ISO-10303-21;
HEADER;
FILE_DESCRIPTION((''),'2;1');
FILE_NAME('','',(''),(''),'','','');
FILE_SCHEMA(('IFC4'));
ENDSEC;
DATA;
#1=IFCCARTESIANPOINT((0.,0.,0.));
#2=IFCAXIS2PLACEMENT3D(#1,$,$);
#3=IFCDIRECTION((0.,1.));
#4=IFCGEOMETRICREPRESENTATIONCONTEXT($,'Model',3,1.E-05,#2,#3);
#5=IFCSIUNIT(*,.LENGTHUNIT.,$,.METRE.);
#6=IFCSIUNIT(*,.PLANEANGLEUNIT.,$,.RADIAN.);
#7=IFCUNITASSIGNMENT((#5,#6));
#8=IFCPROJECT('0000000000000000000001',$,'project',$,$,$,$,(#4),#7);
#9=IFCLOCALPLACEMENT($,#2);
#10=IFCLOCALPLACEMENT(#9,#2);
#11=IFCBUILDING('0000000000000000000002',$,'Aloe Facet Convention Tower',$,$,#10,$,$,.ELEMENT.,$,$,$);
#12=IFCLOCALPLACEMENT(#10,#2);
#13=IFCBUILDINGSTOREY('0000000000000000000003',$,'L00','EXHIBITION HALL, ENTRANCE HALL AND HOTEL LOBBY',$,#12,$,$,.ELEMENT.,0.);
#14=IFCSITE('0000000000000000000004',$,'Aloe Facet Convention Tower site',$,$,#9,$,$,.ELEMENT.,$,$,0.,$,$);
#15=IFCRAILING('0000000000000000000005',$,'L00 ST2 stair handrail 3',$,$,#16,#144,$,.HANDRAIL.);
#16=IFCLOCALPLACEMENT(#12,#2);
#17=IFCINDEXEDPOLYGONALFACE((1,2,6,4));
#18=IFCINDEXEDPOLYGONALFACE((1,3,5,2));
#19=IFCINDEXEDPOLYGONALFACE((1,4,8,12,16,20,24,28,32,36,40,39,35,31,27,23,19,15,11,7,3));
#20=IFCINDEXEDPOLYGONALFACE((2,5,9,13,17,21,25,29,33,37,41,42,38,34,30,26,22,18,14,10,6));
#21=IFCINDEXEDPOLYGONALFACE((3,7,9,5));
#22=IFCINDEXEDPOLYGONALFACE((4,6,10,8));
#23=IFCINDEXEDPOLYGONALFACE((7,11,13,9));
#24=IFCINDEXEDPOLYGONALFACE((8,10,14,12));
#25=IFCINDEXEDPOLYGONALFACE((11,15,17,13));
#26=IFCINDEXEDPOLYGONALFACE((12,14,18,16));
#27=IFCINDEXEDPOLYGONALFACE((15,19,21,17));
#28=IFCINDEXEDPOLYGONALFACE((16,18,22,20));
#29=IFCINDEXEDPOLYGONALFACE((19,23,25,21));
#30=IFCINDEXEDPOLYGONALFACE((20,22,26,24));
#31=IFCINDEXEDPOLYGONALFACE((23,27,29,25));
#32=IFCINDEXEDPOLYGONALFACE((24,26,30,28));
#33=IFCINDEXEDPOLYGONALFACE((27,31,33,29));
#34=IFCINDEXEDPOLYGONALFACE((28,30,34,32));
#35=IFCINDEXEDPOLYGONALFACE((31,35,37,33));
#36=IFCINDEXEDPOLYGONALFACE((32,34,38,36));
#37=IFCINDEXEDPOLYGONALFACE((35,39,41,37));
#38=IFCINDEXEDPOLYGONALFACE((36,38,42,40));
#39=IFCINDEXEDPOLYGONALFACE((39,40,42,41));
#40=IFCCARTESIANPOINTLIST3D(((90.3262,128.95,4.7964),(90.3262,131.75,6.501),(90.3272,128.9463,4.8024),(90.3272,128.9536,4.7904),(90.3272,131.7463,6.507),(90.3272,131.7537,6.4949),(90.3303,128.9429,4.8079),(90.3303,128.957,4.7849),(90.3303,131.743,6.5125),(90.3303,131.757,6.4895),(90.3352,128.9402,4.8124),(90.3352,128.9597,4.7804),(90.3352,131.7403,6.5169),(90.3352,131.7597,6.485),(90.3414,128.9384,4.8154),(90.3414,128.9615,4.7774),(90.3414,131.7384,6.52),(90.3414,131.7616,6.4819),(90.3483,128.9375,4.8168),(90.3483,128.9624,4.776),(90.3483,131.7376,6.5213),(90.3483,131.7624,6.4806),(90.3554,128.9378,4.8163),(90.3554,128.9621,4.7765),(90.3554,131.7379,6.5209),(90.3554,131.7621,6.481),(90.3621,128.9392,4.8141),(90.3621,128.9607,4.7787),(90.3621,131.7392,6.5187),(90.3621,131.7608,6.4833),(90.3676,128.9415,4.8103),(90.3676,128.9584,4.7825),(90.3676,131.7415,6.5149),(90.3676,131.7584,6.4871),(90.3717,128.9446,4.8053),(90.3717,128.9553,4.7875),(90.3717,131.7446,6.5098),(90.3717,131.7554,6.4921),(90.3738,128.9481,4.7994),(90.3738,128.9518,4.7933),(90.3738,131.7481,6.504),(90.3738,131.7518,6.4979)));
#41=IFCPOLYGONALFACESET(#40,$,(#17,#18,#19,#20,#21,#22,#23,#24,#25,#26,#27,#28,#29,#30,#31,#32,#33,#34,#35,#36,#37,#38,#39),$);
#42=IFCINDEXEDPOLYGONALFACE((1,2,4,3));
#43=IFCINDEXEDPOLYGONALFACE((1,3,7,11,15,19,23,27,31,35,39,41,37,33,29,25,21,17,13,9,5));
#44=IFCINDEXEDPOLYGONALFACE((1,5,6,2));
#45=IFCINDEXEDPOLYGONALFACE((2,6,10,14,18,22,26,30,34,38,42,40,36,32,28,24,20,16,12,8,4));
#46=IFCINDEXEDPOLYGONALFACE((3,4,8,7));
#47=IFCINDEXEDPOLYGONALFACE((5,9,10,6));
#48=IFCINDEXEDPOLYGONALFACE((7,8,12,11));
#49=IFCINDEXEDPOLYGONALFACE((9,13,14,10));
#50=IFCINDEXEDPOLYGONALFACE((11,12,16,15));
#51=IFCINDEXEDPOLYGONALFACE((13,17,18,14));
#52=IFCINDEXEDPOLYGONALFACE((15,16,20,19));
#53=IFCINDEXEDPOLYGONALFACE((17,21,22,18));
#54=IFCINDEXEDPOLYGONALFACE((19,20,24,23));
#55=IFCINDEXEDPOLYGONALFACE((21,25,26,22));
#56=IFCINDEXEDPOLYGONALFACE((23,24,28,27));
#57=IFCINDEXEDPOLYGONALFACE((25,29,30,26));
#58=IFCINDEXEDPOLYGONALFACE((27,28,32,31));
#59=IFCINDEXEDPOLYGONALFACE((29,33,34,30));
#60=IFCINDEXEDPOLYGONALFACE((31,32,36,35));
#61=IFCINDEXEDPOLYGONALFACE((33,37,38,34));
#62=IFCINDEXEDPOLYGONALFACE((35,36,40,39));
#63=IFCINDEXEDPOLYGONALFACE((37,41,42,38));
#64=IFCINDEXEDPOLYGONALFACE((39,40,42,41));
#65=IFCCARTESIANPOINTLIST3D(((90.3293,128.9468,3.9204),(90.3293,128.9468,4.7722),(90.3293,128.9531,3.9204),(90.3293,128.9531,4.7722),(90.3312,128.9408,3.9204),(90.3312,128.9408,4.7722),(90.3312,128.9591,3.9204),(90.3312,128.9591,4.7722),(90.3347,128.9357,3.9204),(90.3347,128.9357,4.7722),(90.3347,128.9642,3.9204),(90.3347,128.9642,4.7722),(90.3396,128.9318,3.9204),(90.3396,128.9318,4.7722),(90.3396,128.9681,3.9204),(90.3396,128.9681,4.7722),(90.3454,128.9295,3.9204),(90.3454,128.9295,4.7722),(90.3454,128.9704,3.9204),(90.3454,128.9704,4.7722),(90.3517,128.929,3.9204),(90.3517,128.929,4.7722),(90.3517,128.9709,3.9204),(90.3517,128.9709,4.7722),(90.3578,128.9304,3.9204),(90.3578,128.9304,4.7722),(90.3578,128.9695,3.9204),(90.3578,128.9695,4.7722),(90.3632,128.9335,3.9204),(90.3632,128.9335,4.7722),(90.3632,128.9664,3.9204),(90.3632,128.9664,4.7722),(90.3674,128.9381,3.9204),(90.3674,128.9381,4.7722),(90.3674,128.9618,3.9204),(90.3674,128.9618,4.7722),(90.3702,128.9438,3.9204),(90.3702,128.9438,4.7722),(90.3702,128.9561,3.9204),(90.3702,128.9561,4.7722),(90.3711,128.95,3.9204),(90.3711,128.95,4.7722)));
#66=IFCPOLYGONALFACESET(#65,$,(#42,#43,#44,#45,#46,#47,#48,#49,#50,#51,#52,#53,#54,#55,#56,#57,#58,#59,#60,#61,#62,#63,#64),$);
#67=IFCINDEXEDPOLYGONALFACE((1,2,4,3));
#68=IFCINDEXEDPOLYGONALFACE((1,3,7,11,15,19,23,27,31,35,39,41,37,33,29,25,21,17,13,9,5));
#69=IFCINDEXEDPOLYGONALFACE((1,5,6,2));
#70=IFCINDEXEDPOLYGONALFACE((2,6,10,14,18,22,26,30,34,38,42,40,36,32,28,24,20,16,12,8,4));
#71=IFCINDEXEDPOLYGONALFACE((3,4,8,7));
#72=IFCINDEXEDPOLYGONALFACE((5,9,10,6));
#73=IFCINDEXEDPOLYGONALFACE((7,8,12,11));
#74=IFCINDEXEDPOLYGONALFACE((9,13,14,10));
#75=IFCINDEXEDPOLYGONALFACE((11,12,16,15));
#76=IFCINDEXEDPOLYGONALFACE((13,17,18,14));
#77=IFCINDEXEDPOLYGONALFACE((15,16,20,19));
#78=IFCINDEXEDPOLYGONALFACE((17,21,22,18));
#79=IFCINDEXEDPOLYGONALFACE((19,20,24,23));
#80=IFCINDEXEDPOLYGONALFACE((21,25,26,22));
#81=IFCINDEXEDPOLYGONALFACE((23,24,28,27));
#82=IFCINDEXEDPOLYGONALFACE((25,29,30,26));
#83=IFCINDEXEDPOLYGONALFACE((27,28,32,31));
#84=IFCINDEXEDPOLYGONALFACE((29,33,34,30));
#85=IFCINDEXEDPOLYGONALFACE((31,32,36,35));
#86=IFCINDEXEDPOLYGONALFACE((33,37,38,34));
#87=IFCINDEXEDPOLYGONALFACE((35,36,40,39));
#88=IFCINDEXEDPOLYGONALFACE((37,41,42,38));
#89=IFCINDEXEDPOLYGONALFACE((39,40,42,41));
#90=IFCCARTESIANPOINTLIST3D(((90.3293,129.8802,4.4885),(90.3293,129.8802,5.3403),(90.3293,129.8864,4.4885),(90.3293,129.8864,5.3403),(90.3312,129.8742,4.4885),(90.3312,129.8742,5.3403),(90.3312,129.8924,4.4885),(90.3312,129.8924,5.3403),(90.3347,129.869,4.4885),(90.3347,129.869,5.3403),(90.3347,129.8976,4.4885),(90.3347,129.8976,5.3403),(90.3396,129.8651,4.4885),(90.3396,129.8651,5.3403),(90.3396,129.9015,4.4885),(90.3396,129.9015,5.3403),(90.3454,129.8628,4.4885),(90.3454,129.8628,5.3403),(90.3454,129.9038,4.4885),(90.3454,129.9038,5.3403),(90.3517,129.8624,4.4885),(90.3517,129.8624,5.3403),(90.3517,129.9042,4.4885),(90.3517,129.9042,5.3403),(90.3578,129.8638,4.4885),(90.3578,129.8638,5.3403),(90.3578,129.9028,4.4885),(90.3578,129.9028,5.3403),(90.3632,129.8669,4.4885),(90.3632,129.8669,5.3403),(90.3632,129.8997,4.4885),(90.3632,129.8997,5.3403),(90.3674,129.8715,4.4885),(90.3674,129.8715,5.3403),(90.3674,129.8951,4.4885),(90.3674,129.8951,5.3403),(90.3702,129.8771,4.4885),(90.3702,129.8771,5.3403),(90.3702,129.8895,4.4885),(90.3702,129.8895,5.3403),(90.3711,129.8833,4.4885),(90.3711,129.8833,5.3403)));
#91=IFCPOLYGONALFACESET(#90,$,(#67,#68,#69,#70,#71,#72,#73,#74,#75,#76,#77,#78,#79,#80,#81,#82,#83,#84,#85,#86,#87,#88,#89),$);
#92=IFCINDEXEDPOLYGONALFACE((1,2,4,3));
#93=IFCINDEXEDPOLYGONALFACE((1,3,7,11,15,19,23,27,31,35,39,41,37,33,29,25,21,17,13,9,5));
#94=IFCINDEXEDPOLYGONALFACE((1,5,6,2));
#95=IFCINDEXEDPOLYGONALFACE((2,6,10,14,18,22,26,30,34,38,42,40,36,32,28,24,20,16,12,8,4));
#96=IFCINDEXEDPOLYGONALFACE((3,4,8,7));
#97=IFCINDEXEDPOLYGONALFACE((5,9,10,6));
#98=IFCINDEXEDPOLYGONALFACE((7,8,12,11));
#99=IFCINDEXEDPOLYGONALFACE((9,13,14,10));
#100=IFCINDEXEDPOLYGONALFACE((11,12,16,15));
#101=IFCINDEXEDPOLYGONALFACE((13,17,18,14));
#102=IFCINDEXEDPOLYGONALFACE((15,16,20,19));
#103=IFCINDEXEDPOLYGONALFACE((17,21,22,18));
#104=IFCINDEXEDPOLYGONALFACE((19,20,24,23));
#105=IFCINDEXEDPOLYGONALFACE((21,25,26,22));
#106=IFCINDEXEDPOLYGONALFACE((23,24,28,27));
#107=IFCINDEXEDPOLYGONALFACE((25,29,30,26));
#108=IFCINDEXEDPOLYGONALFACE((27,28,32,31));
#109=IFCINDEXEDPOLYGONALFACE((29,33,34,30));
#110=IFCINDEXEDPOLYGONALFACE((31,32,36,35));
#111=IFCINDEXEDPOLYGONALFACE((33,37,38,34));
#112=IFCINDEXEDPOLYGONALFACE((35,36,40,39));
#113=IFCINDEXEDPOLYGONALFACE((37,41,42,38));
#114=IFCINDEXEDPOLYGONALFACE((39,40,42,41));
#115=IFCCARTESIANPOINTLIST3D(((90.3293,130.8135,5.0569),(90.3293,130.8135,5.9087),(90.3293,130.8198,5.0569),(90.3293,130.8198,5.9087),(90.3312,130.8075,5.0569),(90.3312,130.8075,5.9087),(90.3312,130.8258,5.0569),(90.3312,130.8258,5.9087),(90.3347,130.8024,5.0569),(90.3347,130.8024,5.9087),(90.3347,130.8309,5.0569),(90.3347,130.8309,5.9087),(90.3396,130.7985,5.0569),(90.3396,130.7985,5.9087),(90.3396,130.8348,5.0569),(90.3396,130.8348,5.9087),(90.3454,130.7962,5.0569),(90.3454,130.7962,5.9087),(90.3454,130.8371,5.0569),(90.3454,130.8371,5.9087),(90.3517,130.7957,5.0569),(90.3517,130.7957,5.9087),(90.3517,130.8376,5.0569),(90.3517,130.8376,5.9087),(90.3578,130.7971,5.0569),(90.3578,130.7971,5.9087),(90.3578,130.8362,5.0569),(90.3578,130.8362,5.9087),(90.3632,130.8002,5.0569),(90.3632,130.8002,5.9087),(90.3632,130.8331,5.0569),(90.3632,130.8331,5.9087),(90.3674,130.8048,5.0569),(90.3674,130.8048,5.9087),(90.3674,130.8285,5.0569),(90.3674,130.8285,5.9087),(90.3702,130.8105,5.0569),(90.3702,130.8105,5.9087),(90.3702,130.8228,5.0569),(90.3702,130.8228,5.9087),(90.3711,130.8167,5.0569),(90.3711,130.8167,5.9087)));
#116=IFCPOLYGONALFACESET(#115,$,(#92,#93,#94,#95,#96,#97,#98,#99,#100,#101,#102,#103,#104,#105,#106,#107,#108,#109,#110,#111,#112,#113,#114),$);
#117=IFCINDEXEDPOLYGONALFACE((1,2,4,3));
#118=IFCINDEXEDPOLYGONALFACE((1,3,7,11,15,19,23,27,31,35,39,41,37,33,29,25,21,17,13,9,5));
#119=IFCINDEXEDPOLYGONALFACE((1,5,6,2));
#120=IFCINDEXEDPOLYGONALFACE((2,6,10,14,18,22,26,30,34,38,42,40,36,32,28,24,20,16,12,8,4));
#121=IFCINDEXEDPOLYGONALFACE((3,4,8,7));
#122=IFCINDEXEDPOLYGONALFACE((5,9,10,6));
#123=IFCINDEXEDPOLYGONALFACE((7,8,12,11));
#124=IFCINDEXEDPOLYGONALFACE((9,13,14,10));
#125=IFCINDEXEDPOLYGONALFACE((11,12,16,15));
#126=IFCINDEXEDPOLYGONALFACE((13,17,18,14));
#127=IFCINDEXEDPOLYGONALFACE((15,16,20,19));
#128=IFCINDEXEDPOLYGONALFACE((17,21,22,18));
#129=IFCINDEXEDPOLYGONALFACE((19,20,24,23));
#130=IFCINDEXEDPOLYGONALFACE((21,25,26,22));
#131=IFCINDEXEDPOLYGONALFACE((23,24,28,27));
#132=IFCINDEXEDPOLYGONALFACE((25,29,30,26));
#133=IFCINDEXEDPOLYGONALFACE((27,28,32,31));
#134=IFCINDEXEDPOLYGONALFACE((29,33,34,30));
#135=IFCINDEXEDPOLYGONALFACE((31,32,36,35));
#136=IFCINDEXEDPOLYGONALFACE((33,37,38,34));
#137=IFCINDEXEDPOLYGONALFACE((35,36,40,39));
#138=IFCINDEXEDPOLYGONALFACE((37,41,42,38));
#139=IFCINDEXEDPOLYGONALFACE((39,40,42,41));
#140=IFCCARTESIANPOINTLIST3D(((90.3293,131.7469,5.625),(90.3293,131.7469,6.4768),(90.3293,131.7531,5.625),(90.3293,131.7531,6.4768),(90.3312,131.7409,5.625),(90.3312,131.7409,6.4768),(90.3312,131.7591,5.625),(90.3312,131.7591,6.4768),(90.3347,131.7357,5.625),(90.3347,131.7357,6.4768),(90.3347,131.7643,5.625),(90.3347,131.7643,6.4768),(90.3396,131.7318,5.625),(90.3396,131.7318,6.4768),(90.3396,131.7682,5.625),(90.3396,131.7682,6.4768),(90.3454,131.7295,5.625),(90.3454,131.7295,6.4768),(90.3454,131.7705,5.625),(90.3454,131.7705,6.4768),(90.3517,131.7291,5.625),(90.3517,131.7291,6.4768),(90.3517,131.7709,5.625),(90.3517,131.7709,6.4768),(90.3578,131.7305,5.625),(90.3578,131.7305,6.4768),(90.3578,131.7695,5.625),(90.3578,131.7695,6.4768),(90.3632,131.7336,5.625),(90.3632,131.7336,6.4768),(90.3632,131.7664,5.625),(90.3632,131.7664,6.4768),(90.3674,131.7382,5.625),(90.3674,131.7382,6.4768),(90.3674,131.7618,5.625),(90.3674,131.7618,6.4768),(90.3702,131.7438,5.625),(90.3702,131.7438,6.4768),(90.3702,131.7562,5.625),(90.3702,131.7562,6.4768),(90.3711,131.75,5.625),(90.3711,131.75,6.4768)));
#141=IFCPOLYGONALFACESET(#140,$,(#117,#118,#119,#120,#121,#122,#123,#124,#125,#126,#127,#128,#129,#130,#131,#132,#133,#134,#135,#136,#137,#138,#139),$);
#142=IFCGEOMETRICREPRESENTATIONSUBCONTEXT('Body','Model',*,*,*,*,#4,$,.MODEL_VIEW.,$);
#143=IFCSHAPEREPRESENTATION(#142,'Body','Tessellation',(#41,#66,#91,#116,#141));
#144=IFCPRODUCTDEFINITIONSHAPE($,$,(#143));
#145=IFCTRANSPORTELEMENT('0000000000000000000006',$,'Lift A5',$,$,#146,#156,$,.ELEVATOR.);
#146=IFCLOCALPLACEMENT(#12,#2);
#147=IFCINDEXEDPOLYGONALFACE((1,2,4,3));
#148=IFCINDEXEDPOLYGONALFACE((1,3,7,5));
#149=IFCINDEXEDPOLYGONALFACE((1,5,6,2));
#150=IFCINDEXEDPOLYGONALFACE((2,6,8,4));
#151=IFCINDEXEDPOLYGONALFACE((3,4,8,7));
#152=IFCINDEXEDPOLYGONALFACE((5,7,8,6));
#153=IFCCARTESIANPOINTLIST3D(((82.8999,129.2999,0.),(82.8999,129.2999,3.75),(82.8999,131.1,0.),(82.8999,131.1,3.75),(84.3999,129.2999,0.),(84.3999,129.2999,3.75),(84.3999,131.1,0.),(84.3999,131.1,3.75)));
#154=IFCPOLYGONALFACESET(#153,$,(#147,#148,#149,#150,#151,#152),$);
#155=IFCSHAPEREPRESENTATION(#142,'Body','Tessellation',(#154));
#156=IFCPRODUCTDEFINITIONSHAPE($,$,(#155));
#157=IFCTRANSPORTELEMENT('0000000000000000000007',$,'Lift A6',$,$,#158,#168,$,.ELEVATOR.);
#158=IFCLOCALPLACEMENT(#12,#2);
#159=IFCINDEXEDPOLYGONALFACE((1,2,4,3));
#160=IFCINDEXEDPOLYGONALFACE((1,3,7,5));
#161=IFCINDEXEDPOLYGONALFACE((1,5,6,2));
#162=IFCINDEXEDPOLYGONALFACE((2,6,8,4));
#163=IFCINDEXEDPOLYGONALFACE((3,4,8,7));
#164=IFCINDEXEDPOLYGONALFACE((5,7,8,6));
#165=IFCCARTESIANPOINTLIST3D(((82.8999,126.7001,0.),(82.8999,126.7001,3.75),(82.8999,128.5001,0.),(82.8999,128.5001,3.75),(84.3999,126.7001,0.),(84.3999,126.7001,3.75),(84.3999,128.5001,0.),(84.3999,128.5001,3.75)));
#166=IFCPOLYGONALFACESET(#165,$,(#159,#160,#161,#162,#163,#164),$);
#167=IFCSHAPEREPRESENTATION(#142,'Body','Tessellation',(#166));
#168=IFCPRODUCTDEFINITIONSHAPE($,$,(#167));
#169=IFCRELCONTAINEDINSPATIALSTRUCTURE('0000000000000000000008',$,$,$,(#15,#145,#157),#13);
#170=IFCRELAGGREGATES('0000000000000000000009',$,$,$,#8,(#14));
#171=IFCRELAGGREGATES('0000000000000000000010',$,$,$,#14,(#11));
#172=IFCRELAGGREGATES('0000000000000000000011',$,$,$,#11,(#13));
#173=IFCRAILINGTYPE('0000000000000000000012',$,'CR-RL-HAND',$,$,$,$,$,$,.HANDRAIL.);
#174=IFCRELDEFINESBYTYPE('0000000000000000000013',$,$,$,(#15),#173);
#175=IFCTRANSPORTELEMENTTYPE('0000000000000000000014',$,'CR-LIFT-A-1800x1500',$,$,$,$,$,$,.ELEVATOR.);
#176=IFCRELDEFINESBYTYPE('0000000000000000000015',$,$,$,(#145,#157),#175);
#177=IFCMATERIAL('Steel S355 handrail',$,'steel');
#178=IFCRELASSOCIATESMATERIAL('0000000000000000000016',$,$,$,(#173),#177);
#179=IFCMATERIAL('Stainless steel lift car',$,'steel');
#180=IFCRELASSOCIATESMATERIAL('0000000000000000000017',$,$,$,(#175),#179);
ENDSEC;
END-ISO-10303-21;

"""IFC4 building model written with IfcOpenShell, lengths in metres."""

from ifc_helpers import new_model, si_unit, direction, frame, origin, origin_2d, place, context, subcontext, project, spatial, rectangle, circle, extrude, material, type_object, element, save


model = new_model("IFC4")

# Units and contexts
model_context = context("Model", 3, precision=1e-05, world=origin(), true_north=direction((0.0, 1.0)))
body_context = subcontext(model_context, "Body", "Model", "MODEL_VIEW")
ifc_project = project(units=[si_unit("LENGTHUNIT", "METRE"), si_unit("PLANEANGLEUNIT", "RADIAN")], contexts=[model_context])

# Site, building, storey
site_placement = place(None, origin())
site = spatial("IfcSite", under=ifc_project, at=site_placement, Name="Aloe Facet Convention Tower site", CompositionType="ELEMENT", RefElevation=0.0)
building_placement = place(site_placement, origin())
building = spatial("IfcBuilding", under=site, at=building_placement, Name="Aloe Facet Convention Tower", CompositionType="ELEMENT")
storey_placement = place(building_placement, origin())
storey = spatial("IfcBuildingStorey", under=building, at=storey_placement, Name="L00", Description="EXHIBITION HALL, ENTRANCE HALL AND HOTEL LOBBY", CompositionType="ELEMENT", Elevation=0.0)

# Railing
ifc_material_1 = material(Name="Steel S355 handrail", Category="steel")
railing_type_1 = type_object("IfcRailingType", Name="CR-RL-HAND", PredefinedType="HANDRAIL", material=ifc_material_1)
for number, where, name in (
    (1, (90.3501, 128.95, 3.9204), "L00 ST2 stair handrail 3"),
):
    element("IfcRailing", number, at=place(storey_placement, frame(where)), inside=storey, type_object=railing_type_1, Name=name, PredefinedType="HANDRAIL", context=body_context, shape_type="SweptSolid", body=[
        extrude(circle(Radius=0.0239, at=origin_2d()), frame((0.0, 0.0, 0.876), z_axis=(0.0, 0.85417, 0.519994), x_axis=(-1.0, 0.0, 0.0)), (0.0, 0.0, 1.0), 3.2781),
        extrude(circle(Radius=0.021, at=origin_2d()), origin(), (0.0, 0.0, 1.0), 0.8518),
        extrude(circle(Radius=0.021, at=origin_2d()), frame((0.0, 0.9333, 0.5681)), (0.0, 0.0, 1.0), 0.8518),
        extrude(circle(Radius=0.021, at=origin_2d()), frame((0.0, 1.8667, 1.1365)), (0.0, 0.0, 1.0), 0.8518),
        extrude(circle(Radius=0.021, at=origin_2d()), frame((0.0, 2.8, 1.7046)), (0.0, 0.0, 1.0), 0.8518),
    ])

# Transport elements
ifc_material_2 = material(Name="Stainless steel lift car", Category="steel")
transport_element_type = type_object("IfcTransportElementType", Name="CR-LIFT-A-1800x1500", PredefinedType="ELEVATOR", material=ifc_material_2)
for number, where, z_axis, x_axis, name in (
    (2, (83.6499, 130.2, 0.0), (0.0, 0.0, 1.0), (1.0, 0.0, 0.0), "Lift A5"),
    (3, (83.6499, 127.6001, 0.0), (0.0, 0.0, 1.0), (1.0, 0.0, 0.0), "Lift A6"),
):
    element("IfcTransportElement", number, at=place(storey_placement, frame(where, z_axis=z_axis, x_axis=x_axis)), inside=storey, type_object=transport_element_type, Name=name, PredefinedType="ELEVATOR", context=body_context, shape_type="SweptSolid", body=[
        extrude(rectangle(XDim=1.5, YDim=1.8, at=origin_2d()), origin(), (0.0, 0.0, 1.0), 3.75),
    ])

save(model, "model.ifc")
